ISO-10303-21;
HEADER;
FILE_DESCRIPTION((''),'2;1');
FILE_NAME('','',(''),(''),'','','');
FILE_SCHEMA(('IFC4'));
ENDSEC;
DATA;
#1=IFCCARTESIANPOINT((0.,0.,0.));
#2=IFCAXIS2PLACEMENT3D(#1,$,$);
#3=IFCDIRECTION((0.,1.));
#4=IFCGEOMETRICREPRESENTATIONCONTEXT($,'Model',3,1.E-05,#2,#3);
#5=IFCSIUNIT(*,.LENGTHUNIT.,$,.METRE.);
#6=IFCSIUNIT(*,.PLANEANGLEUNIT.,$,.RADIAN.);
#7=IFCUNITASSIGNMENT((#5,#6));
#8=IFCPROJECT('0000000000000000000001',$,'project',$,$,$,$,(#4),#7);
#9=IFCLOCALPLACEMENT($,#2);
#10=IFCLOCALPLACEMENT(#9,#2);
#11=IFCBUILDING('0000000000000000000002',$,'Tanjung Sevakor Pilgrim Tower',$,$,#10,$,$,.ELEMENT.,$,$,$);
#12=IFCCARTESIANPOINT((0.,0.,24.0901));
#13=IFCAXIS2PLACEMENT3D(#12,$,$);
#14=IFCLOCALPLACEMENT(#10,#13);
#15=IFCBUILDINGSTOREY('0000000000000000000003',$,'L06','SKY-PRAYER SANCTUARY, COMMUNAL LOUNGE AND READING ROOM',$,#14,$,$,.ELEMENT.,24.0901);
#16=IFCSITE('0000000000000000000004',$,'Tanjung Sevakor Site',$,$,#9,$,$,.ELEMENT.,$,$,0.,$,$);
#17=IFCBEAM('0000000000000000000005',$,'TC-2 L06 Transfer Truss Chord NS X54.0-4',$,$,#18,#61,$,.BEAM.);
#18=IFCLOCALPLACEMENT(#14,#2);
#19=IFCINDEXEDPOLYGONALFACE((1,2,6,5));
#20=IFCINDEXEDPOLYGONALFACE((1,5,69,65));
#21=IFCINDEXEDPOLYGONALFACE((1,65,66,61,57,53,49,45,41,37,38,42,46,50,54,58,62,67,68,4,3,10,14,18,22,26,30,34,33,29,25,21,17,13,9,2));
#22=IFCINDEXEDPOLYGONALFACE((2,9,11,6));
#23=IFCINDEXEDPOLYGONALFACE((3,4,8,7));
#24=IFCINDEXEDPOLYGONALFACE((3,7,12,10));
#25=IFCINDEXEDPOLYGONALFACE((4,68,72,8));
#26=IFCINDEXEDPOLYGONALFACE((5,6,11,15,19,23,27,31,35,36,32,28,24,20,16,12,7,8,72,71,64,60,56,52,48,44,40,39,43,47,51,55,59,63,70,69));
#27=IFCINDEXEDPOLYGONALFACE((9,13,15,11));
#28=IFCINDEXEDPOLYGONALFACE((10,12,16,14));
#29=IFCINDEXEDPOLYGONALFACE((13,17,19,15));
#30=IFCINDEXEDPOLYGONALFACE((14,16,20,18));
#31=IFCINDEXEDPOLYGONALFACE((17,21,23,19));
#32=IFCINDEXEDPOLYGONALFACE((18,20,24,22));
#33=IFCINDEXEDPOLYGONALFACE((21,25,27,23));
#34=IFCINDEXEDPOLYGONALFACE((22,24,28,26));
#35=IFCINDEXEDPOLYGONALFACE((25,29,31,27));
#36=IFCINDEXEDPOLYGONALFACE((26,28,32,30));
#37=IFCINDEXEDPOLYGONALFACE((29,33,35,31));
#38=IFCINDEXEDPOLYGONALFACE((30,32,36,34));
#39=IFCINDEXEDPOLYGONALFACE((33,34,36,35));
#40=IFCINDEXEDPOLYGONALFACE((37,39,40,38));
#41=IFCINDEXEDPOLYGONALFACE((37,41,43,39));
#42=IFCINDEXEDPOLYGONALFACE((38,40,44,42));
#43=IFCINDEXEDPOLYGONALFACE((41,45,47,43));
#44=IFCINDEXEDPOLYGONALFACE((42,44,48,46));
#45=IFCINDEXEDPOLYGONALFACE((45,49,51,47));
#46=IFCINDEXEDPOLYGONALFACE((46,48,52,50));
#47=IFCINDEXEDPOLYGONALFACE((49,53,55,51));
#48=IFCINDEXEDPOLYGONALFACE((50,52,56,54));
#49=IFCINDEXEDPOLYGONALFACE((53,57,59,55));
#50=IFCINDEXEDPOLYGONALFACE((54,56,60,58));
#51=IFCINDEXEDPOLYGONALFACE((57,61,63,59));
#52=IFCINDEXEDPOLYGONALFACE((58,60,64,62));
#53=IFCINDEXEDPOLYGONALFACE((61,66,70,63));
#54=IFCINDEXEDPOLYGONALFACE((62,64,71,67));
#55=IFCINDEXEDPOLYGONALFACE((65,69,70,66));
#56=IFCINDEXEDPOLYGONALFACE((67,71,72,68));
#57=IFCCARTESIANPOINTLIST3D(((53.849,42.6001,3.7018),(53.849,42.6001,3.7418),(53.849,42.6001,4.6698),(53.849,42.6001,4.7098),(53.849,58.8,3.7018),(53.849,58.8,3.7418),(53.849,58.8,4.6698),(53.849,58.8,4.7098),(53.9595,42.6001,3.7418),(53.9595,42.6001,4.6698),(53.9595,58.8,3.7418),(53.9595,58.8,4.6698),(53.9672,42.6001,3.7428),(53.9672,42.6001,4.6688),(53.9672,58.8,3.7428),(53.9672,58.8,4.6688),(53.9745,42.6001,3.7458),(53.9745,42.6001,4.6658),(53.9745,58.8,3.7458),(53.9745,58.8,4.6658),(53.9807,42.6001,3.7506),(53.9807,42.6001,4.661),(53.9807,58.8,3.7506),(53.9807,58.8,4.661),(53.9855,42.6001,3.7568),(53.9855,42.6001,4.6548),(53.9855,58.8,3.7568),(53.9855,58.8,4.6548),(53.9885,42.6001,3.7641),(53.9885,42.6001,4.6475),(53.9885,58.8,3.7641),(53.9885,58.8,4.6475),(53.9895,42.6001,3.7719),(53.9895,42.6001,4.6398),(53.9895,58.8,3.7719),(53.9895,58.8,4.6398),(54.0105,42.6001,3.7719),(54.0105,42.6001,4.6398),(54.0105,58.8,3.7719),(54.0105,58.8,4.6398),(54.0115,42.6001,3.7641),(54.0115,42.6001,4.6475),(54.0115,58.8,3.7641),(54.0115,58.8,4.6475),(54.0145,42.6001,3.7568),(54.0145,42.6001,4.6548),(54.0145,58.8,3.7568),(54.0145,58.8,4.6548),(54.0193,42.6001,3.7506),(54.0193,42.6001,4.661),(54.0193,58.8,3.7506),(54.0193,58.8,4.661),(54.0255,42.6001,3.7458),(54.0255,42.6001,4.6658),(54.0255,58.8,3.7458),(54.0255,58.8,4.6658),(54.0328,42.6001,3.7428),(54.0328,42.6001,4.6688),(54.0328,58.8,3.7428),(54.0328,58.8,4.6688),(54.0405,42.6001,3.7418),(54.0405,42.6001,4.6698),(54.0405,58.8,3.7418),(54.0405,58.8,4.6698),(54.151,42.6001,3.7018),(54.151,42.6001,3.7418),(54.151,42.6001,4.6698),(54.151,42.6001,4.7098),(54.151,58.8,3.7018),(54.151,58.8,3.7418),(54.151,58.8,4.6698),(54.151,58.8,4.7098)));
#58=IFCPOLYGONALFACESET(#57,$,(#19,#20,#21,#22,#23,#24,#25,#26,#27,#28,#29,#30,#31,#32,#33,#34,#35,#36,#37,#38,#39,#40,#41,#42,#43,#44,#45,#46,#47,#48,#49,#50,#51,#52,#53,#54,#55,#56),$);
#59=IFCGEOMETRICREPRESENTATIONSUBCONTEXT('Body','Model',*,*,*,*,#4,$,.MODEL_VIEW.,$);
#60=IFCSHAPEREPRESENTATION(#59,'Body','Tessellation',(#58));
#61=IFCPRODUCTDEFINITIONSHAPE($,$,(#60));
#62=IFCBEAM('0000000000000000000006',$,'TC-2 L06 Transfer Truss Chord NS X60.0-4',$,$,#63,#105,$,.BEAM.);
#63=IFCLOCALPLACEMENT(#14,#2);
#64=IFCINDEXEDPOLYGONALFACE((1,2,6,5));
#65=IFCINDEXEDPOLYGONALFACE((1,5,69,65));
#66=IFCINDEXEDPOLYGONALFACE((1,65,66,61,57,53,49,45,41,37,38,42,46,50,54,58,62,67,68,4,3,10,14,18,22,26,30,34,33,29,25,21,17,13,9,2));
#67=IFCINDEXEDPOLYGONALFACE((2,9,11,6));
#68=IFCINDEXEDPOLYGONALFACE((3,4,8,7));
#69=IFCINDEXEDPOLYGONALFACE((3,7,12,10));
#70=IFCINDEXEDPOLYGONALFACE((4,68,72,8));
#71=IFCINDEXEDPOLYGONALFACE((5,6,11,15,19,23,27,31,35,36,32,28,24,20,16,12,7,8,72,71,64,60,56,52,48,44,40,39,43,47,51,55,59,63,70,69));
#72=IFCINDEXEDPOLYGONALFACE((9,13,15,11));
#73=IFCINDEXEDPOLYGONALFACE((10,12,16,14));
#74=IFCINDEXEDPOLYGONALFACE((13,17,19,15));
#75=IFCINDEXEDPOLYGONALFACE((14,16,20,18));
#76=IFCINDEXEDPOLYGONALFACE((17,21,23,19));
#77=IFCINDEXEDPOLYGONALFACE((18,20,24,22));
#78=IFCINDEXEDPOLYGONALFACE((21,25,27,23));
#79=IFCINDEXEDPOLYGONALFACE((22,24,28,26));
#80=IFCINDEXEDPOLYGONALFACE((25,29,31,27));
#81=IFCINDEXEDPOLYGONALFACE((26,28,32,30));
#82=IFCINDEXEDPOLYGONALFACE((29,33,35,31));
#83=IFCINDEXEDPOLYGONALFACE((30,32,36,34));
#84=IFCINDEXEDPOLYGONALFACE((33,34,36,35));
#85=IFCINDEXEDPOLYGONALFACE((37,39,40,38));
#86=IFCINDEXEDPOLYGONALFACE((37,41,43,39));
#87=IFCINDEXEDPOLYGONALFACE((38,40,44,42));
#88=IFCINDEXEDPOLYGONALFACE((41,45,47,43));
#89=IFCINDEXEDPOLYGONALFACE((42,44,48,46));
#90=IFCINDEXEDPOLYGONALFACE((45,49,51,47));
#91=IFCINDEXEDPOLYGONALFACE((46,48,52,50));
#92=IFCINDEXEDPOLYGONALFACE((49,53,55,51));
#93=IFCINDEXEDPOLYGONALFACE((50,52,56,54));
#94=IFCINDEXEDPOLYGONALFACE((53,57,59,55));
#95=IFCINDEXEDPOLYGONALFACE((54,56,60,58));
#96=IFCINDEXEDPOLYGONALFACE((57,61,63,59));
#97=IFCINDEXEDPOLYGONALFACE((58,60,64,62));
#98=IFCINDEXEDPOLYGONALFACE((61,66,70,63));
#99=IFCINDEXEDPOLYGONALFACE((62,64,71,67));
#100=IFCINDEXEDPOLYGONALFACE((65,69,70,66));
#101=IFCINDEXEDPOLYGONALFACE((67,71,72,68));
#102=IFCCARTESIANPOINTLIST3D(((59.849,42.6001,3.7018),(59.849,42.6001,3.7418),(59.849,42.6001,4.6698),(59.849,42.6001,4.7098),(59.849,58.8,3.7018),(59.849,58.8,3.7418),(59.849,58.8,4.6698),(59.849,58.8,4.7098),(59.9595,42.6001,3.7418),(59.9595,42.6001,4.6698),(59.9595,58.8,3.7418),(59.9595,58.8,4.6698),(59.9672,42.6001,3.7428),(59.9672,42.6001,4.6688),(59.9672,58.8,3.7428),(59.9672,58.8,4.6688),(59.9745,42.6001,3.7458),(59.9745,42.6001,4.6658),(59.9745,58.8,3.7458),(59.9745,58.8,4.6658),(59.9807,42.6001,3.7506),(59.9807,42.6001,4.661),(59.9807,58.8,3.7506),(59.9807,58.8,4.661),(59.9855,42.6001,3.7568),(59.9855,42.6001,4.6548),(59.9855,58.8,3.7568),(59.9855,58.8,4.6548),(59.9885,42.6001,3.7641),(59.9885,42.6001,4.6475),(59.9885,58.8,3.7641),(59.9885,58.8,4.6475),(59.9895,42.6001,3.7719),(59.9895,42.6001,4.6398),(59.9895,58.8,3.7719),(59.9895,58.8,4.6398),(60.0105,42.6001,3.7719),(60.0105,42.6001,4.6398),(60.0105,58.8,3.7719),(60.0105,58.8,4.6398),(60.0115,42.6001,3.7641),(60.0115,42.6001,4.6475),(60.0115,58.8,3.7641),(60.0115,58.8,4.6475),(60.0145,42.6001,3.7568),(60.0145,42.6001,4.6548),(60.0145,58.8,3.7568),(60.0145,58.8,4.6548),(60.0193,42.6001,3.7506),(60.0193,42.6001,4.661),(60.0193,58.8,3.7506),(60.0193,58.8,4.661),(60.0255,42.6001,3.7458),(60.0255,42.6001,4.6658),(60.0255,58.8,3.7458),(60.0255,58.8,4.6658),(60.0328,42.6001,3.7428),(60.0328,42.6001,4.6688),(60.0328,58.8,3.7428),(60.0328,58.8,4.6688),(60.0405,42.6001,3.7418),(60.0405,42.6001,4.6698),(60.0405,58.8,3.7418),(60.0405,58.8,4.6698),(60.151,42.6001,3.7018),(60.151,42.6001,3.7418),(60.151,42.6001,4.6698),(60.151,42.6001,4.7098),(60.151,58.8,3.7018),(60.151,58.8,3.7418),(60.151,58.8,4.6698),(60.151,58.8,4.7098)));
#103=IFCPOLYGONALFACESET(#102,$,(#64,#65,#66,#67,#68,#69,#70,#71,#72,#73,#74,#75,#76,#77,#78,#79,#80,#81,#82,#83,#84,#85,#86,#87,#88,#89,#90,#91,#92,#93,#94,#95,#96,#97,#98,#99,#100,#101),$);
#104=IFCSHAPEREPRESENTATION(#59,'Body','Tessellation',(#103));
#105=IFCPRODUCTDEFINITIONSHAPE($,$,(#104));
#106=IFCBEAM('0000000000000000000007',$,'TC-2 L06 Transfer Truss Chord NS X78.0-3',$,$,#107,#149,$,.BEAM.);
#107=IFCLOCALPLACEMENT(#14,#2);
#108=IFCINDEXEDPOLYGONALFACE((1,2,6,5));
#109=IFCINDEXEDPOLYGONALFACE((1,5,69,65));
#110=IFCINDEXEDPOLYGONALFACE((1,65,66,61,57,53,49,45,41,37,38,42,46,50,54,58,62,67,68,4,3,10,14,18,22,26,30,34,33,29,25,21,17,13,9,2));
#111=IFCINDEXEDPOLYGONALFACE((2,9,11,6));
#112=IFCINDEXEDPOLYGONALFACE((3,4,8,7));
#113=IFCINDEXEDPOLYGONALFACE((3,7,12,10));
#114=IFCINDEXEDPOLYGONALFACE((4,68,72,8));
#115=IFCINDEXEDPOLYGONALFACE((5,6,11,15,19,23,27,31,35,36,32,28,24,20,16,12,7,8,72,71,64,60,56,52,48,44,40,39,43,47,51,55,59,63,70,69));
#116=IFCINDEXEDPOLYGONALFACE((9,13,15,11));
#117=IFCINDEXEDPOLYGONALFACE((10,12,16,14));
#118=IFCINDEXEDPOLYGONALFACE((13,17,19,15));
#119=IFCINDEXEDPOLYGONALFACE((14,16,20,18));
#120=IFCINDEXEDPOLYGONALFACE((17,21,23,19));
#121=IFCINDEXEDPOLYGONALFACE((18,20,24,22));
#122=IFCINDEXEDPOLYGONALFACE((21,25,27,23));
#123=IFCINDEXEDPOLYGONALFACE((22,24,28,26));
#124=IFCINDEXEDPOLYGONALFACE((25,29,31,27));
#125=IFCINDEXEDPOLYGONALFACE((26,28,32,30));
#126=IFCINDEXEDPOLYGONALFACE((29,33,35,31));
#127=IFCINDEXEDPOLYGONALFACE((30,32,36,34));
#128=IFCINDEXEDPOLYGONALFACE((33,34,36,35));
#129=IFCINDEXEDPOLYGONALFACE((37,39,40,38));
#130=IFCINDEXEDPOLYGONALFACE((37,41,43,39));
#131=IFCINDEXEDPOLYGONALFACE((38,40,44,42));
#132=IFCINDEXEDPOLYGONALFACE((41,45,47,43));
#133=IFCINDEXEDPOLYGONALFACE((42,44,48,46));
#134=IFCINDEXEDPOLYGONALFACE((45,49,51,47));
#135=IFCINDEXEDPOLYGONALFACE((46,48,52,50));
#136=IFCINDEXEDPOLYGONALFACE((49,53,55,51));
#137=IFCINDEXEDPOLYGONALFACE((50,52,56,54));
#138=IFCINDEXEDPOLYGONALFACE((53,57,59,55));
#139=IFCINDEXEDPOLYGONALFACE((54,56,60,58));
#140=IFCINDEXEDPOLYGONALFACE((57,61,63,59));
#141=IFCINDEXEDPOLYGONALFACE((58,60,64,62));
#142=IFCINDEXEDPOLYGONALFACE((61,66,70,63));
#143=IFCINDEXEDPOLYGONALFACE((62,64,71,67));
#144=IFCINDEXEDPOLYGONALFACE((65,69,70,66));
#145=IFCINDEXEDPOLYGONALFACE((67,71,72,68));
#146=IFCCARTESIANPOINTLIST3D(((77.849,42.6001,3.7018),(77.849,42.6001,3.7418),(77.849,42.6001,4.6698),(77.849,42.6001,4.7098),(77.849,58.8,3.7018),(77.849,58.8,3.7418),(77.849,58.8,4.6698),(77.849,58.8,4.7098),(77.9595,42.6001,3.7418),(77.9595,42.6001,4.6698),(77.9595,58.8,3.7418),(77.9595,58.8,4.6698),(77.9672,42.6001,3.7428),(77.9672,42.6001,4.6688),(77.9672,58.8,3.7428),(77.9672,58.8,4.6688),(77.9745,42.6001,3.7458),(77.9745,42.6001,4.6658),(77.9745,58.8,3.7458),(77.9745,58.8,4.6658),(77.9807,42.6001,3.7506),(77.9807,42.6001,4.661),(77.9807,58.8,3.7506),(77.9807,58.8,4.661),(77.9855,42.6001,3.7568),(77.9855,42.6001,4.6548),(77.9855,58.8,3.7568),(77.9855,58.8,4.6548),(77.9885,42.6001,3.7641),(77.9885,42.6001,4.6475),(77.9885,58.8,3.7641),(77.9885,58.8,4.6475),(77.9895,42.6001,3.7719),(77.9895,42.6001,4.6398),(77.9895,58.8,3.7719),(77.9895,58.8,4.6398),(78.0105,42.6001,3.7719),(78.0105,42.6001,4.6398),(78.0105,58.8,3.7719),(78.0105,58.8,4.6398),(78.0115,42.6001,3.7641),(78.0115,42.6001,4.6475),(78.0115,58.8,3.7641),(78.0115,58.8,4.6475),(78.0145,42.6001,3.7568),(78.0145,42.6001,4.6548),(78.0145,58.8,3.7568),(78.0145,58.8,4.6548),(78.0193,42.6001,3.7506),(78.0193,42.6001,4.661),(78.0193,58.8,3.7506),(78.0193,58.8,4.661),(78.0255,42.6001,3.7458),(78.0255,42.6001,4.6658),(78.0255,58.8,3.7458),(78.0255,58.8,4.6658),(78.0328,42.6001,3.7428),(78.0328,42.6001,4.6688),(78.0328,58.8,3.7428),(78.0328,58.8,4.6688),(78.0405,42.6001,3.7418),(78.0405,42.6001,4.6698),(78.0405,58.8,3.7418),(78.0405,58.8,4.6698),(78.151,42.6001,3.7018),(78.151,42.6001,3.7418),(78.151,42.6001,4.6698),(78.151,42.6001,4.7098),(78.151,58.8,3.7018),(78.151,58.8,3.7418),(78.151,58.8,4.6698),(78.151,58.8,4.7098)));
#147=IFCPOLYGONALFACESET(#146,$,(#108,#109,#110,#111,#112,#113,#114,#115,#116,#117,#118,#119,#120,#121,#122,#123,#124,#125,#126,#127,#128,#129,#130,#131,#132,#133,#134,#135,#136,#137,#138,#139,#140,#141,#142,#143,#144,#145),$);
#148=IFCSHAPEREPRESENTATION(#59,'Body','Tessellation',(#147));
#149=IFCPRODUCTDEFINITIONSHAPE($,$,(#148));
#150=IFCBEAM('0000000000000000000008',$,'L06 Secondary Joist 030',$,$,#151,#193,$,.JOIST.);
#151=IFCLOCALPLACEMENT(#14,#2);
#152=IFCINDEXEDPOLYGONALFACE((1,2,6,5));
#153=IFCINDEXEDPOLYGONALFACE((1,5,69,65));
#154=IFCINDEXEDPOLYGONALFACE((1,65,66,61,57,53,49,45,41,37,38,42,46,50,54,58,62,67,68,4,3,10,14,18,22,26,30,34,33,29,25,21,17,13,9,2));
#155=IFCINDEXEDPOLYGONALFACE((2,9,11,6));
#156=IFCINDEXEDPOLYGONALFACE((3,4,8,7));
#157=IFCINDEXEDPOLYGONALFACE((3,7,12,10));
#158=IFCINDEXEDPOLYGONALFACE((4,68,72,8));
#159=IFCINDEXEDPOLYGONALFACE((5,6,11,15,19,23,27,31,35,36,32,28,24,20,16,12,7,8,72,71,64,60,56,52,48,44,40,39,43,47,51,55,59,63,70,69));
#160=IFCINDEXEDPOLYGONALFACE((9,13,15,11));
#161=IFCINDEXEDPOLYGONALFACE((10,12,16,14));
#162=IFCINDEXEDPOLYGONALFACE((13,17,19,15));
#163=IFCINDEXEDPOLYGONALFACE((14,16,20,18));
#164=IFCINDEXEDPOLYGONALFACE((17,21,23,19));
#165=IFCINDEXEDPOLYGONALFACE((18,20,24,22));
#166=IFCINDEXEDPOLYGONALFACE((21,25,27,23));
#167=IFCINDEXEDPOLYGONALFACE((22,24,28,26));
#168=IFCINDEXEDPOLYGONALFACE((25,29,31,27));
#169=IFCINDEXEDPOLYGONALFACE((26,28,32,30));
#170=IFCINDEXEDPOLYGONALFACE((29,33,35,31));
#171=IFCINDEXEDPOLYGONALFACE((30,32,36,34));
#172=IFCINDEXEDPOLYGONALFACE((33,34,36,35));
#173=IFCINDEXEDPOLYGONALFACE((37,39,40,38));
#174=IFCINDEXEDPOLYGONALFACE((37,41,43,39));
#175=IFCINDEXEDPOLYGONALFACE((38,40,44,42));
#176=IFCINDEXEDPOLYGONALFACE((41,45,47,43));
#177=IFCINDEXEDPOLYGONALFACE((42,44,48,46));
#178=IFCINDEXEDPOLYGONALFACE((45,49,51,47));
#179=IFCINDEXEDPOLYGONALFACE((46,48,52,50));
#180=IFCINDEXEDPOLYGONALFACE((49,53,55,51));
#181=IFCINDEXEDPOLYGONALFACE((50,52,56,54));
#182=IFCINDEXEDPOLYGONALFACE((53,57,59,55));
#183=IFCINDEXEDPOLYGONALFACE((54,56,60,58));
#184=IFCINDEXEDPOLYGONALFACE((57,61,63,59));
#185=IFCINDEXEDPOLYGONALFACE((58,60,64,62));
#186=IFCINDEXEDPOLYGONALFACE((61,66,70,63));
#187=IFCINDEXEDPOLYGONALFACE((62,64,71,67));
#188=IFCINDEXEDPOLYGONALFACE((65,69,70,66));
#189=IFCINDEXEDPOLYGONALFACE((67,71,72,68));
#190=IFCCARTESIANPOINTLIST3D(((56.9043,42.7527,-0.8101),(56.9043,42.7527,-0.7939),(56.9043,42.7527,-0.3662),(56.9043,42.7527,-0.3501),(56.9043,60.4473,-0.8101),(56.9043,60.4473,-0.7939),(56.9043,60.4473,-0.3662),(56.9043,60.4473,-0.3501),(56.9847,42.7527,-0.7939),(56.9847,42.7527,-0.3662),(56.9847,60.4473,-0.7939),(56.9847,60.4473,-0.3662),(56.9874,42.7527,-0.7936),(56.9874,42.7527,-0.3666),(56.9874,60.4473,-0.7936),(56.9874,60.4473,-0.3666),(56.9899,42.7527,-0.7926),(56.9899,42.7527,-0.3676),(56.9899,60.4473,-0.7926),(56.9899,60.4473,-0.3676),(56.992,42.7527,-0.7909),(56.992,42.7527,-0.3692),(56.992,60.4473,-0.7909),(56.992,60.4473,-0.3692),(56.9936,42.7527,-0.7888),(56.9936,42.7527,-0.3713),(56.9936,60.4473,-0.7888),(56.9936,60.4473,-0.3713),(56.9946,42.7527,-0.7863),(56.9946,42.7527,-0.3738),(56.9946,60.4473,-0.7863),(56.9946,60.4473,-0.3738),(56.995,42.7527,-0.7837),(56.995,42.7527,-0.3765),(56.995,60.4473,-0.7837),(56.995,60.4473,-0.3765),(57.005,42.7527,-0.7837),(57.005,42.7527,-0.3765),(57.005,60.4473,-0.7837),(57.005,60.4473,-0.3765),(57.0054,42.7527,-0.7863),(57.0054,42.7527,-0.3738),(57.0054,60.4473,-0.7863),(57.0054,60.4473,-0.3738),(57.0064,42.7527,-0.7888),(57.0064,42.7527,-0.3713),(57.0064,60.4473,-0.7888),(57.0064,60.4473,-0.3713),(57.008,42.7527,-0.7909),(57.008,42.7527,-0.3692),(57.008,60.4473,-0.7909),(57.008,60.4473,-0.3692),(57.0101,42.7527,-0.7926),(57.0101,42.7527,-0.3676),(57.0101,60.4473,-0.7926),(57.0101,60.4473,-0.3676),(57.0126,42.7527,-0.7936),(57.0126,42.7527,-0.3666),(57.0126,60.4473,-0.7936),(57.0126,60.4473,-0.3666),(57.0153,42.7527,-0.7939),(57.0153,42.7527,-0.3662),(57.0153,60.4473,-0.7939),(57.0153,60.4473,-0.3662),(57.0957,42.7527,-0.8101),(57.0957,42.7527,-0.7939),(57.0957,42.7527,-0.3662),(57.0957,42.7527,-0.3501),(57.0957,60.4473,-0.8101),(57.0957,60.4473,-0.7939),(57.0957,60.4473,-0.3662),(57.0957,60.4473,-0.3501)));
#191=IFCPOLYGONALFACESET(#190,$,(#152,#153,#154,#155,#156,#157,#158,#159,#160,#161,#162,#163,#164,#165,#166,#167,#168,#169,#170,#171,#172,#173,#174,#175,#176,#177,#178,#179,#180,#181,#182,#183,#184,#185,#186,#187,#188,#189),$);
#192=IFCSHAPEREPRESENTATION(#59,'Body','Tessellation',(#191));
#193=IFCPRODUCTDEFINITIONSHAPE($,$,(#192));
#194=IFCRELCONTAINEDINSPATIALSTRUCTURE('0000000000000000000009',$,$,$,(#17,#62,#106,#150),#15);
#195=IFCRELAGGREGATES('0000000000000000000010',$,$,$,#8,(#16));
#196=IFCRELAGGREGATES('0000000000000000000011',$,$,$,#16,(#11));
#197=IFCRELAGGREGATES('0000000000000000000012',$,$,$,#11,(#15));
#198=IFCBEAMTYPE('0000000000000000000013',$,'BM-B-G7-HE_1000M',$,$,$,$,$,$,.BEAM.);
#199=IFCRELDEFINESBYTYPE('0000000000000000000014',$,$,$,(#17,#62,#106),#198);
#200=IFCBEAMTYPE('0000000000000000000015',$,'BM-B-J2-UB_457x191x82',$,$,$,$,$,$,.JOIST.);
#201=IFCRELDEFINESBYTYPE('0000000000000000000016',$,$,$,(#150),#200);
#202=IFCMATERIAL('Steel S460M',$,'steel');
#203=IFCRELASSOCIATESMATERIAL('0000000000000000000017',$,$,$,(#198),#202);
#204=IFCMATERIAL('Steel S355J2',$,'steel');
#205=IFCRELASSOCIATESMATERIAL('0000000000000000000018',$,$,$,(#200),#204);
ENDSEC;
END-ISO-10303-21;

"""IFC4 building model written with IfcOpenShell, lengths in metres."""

from ifc_helpers import new_model, si_unit, direction, frame, origin, origin_2d, place, context, subcontext, project, spatial, i_section, extrude, material, material_profile, profile_set, type_object, element, save


model = new_model("IFC4")

# Units and contexts
model_context = context("Model", 3, precision=1e-05, world=origin(), true_north=direction((0.0, 1.0)))
body_context = subcontext(model_context, "Body", "Model", "MODEL_VIEW")
ifc_project = project(units=[si_unit("LENGTHUNIT", "METRE"), si_unit("PLANEANGLEUNIT", "RADIAN")], contexts=[model_context])

# Site, building, storey
site_placement = place(None, origin())
site = spatial("IfcSite", under=ifc_project, at=site_placement, Name="Tanjung Sevakor Site", CompositionType="ELEMENT", RefElevation=0.0)
building_placement = place(site_placement, origin())
building = spatial("IfcBuilding", under=site, at=building_placement, Name="Tanjung Sevakor Pilgrim Tower", CompositionType="ELEMENT")
storey_placement = place(building_placement, frame((0.0, 0.0, 24.0901)))
storey = spatial("IfcBuildingStorey", under=building, at=storey_placement, Name="L06", Description="SKY-PRAYER SANCTUARY, COMMUNAL LOUNGE AND READING ROOM", CompositionType="ELEMENT", Elevation=24.0901)

# Beams
ifc_material_1 = material(Name="Steel S460M", Category="steel")
ifc_material_profile_1 = material_profile(ifc_material_1, i_section(OverallWidth=0.302, OverallDepth=1.0081, WebThickness=0.021, FlangeThickness=0.04, FilletRadius=0.03, at=origin_2d()))
ifc_profile_set_1 = profile_set([ifc_material_profile_1], Name="Steel S460M")
beam_type_1 = type_object("IfcBeamType", Name="BM-B-G7-HE_1000M", PredefinedType="BEAM", material=ifc_profile_set_1)
for number, where, z_axis, x_axis, name in (
    (1, (54.0, 42.6001, 4.2058), (0.0, 1.0, 0.0), (-1.0, 0.0, 0.0), "TC-2 L06 Transfer Truss Chord NS X54.0-4"),
    (2, (60.0, 42.6001, 4.2058), (0.0, 1.0, 0.0), (-1.0, 0.0, 0.0), "TC-2 L06 Transfer Truss Chord NS X60.0-4"),
    (3, (78.0, 42.6001, 4.2058), (0.0, 1.0, 0.0), (-1.0, 0.0, 0.0), "TC-2 L06 Transfer Truss Chord NS X78.0-3"),
):
    element("IfcBeam", number, at=place(storey_placement, frame(where, z_axis=z_axis, x_axis=x_axis)), inside=storey, type_object=beam_type_1, Name=name, PredefinedType="BEAM", context=body_context, shape_type="SweptSolid", body=[
        extrude(i_section(OverallWidth=0.302, OverallDepth=1.0081, WebThickness=0.021, FlangeThickness=0.04, FilletRadius=0.03, at=origin_2d()), origin(), (0.0, 0.0, 1.0), 16.2),
    ])
ifc_material_2 = material(Name="Steel S355J2", Category="steel")
ifc_material_profile_2 = material_profile(ifc_material_2, i_section(OverallWidth=0.1914, OverallDepth=0.46, WebThickness=0.01, FlangeThickness=0.0161, FilletRadius=0.0103, at=origin_2d()))
ifc_profile_set_2 = profile_set([ifc_material_profile_2], Name="Steel S355J2")
beam_type_2 = type_object("IfcBeamType", Name="BM-B-J2-UB_457x191x82", PredefinedType="JOIST", material=ifc_profile_set_2)
for number, where, z_axis, x_axis, name in (
    (4, (57.0, 42.7527, -0.5801), (0.0, 1.0, 0.0), (-1.0, 0.0, 0.0), "L06 Secondary Joist 030"),
):
    element("IfcBeam", number, at=place(storey_placement, frame(where, z_axis=z_axis, x_axis=x_axis)), inside=storey, type_object=beam_type_2, Name=name, PredefinedType="JOIST", context=body_context, shape_type="SweptSolid", body=[
        extrude(i_section(OverallWidth=0.1914, OverallDepth=0.46, WebThickness=0.01, FlangeThickness=0.0161, FilletRadius=0.0103, at=origin_2d()), origin(), (0.0, 0.0, 1.0), 17.6946),
    ])

save(model, "model.ifc")
